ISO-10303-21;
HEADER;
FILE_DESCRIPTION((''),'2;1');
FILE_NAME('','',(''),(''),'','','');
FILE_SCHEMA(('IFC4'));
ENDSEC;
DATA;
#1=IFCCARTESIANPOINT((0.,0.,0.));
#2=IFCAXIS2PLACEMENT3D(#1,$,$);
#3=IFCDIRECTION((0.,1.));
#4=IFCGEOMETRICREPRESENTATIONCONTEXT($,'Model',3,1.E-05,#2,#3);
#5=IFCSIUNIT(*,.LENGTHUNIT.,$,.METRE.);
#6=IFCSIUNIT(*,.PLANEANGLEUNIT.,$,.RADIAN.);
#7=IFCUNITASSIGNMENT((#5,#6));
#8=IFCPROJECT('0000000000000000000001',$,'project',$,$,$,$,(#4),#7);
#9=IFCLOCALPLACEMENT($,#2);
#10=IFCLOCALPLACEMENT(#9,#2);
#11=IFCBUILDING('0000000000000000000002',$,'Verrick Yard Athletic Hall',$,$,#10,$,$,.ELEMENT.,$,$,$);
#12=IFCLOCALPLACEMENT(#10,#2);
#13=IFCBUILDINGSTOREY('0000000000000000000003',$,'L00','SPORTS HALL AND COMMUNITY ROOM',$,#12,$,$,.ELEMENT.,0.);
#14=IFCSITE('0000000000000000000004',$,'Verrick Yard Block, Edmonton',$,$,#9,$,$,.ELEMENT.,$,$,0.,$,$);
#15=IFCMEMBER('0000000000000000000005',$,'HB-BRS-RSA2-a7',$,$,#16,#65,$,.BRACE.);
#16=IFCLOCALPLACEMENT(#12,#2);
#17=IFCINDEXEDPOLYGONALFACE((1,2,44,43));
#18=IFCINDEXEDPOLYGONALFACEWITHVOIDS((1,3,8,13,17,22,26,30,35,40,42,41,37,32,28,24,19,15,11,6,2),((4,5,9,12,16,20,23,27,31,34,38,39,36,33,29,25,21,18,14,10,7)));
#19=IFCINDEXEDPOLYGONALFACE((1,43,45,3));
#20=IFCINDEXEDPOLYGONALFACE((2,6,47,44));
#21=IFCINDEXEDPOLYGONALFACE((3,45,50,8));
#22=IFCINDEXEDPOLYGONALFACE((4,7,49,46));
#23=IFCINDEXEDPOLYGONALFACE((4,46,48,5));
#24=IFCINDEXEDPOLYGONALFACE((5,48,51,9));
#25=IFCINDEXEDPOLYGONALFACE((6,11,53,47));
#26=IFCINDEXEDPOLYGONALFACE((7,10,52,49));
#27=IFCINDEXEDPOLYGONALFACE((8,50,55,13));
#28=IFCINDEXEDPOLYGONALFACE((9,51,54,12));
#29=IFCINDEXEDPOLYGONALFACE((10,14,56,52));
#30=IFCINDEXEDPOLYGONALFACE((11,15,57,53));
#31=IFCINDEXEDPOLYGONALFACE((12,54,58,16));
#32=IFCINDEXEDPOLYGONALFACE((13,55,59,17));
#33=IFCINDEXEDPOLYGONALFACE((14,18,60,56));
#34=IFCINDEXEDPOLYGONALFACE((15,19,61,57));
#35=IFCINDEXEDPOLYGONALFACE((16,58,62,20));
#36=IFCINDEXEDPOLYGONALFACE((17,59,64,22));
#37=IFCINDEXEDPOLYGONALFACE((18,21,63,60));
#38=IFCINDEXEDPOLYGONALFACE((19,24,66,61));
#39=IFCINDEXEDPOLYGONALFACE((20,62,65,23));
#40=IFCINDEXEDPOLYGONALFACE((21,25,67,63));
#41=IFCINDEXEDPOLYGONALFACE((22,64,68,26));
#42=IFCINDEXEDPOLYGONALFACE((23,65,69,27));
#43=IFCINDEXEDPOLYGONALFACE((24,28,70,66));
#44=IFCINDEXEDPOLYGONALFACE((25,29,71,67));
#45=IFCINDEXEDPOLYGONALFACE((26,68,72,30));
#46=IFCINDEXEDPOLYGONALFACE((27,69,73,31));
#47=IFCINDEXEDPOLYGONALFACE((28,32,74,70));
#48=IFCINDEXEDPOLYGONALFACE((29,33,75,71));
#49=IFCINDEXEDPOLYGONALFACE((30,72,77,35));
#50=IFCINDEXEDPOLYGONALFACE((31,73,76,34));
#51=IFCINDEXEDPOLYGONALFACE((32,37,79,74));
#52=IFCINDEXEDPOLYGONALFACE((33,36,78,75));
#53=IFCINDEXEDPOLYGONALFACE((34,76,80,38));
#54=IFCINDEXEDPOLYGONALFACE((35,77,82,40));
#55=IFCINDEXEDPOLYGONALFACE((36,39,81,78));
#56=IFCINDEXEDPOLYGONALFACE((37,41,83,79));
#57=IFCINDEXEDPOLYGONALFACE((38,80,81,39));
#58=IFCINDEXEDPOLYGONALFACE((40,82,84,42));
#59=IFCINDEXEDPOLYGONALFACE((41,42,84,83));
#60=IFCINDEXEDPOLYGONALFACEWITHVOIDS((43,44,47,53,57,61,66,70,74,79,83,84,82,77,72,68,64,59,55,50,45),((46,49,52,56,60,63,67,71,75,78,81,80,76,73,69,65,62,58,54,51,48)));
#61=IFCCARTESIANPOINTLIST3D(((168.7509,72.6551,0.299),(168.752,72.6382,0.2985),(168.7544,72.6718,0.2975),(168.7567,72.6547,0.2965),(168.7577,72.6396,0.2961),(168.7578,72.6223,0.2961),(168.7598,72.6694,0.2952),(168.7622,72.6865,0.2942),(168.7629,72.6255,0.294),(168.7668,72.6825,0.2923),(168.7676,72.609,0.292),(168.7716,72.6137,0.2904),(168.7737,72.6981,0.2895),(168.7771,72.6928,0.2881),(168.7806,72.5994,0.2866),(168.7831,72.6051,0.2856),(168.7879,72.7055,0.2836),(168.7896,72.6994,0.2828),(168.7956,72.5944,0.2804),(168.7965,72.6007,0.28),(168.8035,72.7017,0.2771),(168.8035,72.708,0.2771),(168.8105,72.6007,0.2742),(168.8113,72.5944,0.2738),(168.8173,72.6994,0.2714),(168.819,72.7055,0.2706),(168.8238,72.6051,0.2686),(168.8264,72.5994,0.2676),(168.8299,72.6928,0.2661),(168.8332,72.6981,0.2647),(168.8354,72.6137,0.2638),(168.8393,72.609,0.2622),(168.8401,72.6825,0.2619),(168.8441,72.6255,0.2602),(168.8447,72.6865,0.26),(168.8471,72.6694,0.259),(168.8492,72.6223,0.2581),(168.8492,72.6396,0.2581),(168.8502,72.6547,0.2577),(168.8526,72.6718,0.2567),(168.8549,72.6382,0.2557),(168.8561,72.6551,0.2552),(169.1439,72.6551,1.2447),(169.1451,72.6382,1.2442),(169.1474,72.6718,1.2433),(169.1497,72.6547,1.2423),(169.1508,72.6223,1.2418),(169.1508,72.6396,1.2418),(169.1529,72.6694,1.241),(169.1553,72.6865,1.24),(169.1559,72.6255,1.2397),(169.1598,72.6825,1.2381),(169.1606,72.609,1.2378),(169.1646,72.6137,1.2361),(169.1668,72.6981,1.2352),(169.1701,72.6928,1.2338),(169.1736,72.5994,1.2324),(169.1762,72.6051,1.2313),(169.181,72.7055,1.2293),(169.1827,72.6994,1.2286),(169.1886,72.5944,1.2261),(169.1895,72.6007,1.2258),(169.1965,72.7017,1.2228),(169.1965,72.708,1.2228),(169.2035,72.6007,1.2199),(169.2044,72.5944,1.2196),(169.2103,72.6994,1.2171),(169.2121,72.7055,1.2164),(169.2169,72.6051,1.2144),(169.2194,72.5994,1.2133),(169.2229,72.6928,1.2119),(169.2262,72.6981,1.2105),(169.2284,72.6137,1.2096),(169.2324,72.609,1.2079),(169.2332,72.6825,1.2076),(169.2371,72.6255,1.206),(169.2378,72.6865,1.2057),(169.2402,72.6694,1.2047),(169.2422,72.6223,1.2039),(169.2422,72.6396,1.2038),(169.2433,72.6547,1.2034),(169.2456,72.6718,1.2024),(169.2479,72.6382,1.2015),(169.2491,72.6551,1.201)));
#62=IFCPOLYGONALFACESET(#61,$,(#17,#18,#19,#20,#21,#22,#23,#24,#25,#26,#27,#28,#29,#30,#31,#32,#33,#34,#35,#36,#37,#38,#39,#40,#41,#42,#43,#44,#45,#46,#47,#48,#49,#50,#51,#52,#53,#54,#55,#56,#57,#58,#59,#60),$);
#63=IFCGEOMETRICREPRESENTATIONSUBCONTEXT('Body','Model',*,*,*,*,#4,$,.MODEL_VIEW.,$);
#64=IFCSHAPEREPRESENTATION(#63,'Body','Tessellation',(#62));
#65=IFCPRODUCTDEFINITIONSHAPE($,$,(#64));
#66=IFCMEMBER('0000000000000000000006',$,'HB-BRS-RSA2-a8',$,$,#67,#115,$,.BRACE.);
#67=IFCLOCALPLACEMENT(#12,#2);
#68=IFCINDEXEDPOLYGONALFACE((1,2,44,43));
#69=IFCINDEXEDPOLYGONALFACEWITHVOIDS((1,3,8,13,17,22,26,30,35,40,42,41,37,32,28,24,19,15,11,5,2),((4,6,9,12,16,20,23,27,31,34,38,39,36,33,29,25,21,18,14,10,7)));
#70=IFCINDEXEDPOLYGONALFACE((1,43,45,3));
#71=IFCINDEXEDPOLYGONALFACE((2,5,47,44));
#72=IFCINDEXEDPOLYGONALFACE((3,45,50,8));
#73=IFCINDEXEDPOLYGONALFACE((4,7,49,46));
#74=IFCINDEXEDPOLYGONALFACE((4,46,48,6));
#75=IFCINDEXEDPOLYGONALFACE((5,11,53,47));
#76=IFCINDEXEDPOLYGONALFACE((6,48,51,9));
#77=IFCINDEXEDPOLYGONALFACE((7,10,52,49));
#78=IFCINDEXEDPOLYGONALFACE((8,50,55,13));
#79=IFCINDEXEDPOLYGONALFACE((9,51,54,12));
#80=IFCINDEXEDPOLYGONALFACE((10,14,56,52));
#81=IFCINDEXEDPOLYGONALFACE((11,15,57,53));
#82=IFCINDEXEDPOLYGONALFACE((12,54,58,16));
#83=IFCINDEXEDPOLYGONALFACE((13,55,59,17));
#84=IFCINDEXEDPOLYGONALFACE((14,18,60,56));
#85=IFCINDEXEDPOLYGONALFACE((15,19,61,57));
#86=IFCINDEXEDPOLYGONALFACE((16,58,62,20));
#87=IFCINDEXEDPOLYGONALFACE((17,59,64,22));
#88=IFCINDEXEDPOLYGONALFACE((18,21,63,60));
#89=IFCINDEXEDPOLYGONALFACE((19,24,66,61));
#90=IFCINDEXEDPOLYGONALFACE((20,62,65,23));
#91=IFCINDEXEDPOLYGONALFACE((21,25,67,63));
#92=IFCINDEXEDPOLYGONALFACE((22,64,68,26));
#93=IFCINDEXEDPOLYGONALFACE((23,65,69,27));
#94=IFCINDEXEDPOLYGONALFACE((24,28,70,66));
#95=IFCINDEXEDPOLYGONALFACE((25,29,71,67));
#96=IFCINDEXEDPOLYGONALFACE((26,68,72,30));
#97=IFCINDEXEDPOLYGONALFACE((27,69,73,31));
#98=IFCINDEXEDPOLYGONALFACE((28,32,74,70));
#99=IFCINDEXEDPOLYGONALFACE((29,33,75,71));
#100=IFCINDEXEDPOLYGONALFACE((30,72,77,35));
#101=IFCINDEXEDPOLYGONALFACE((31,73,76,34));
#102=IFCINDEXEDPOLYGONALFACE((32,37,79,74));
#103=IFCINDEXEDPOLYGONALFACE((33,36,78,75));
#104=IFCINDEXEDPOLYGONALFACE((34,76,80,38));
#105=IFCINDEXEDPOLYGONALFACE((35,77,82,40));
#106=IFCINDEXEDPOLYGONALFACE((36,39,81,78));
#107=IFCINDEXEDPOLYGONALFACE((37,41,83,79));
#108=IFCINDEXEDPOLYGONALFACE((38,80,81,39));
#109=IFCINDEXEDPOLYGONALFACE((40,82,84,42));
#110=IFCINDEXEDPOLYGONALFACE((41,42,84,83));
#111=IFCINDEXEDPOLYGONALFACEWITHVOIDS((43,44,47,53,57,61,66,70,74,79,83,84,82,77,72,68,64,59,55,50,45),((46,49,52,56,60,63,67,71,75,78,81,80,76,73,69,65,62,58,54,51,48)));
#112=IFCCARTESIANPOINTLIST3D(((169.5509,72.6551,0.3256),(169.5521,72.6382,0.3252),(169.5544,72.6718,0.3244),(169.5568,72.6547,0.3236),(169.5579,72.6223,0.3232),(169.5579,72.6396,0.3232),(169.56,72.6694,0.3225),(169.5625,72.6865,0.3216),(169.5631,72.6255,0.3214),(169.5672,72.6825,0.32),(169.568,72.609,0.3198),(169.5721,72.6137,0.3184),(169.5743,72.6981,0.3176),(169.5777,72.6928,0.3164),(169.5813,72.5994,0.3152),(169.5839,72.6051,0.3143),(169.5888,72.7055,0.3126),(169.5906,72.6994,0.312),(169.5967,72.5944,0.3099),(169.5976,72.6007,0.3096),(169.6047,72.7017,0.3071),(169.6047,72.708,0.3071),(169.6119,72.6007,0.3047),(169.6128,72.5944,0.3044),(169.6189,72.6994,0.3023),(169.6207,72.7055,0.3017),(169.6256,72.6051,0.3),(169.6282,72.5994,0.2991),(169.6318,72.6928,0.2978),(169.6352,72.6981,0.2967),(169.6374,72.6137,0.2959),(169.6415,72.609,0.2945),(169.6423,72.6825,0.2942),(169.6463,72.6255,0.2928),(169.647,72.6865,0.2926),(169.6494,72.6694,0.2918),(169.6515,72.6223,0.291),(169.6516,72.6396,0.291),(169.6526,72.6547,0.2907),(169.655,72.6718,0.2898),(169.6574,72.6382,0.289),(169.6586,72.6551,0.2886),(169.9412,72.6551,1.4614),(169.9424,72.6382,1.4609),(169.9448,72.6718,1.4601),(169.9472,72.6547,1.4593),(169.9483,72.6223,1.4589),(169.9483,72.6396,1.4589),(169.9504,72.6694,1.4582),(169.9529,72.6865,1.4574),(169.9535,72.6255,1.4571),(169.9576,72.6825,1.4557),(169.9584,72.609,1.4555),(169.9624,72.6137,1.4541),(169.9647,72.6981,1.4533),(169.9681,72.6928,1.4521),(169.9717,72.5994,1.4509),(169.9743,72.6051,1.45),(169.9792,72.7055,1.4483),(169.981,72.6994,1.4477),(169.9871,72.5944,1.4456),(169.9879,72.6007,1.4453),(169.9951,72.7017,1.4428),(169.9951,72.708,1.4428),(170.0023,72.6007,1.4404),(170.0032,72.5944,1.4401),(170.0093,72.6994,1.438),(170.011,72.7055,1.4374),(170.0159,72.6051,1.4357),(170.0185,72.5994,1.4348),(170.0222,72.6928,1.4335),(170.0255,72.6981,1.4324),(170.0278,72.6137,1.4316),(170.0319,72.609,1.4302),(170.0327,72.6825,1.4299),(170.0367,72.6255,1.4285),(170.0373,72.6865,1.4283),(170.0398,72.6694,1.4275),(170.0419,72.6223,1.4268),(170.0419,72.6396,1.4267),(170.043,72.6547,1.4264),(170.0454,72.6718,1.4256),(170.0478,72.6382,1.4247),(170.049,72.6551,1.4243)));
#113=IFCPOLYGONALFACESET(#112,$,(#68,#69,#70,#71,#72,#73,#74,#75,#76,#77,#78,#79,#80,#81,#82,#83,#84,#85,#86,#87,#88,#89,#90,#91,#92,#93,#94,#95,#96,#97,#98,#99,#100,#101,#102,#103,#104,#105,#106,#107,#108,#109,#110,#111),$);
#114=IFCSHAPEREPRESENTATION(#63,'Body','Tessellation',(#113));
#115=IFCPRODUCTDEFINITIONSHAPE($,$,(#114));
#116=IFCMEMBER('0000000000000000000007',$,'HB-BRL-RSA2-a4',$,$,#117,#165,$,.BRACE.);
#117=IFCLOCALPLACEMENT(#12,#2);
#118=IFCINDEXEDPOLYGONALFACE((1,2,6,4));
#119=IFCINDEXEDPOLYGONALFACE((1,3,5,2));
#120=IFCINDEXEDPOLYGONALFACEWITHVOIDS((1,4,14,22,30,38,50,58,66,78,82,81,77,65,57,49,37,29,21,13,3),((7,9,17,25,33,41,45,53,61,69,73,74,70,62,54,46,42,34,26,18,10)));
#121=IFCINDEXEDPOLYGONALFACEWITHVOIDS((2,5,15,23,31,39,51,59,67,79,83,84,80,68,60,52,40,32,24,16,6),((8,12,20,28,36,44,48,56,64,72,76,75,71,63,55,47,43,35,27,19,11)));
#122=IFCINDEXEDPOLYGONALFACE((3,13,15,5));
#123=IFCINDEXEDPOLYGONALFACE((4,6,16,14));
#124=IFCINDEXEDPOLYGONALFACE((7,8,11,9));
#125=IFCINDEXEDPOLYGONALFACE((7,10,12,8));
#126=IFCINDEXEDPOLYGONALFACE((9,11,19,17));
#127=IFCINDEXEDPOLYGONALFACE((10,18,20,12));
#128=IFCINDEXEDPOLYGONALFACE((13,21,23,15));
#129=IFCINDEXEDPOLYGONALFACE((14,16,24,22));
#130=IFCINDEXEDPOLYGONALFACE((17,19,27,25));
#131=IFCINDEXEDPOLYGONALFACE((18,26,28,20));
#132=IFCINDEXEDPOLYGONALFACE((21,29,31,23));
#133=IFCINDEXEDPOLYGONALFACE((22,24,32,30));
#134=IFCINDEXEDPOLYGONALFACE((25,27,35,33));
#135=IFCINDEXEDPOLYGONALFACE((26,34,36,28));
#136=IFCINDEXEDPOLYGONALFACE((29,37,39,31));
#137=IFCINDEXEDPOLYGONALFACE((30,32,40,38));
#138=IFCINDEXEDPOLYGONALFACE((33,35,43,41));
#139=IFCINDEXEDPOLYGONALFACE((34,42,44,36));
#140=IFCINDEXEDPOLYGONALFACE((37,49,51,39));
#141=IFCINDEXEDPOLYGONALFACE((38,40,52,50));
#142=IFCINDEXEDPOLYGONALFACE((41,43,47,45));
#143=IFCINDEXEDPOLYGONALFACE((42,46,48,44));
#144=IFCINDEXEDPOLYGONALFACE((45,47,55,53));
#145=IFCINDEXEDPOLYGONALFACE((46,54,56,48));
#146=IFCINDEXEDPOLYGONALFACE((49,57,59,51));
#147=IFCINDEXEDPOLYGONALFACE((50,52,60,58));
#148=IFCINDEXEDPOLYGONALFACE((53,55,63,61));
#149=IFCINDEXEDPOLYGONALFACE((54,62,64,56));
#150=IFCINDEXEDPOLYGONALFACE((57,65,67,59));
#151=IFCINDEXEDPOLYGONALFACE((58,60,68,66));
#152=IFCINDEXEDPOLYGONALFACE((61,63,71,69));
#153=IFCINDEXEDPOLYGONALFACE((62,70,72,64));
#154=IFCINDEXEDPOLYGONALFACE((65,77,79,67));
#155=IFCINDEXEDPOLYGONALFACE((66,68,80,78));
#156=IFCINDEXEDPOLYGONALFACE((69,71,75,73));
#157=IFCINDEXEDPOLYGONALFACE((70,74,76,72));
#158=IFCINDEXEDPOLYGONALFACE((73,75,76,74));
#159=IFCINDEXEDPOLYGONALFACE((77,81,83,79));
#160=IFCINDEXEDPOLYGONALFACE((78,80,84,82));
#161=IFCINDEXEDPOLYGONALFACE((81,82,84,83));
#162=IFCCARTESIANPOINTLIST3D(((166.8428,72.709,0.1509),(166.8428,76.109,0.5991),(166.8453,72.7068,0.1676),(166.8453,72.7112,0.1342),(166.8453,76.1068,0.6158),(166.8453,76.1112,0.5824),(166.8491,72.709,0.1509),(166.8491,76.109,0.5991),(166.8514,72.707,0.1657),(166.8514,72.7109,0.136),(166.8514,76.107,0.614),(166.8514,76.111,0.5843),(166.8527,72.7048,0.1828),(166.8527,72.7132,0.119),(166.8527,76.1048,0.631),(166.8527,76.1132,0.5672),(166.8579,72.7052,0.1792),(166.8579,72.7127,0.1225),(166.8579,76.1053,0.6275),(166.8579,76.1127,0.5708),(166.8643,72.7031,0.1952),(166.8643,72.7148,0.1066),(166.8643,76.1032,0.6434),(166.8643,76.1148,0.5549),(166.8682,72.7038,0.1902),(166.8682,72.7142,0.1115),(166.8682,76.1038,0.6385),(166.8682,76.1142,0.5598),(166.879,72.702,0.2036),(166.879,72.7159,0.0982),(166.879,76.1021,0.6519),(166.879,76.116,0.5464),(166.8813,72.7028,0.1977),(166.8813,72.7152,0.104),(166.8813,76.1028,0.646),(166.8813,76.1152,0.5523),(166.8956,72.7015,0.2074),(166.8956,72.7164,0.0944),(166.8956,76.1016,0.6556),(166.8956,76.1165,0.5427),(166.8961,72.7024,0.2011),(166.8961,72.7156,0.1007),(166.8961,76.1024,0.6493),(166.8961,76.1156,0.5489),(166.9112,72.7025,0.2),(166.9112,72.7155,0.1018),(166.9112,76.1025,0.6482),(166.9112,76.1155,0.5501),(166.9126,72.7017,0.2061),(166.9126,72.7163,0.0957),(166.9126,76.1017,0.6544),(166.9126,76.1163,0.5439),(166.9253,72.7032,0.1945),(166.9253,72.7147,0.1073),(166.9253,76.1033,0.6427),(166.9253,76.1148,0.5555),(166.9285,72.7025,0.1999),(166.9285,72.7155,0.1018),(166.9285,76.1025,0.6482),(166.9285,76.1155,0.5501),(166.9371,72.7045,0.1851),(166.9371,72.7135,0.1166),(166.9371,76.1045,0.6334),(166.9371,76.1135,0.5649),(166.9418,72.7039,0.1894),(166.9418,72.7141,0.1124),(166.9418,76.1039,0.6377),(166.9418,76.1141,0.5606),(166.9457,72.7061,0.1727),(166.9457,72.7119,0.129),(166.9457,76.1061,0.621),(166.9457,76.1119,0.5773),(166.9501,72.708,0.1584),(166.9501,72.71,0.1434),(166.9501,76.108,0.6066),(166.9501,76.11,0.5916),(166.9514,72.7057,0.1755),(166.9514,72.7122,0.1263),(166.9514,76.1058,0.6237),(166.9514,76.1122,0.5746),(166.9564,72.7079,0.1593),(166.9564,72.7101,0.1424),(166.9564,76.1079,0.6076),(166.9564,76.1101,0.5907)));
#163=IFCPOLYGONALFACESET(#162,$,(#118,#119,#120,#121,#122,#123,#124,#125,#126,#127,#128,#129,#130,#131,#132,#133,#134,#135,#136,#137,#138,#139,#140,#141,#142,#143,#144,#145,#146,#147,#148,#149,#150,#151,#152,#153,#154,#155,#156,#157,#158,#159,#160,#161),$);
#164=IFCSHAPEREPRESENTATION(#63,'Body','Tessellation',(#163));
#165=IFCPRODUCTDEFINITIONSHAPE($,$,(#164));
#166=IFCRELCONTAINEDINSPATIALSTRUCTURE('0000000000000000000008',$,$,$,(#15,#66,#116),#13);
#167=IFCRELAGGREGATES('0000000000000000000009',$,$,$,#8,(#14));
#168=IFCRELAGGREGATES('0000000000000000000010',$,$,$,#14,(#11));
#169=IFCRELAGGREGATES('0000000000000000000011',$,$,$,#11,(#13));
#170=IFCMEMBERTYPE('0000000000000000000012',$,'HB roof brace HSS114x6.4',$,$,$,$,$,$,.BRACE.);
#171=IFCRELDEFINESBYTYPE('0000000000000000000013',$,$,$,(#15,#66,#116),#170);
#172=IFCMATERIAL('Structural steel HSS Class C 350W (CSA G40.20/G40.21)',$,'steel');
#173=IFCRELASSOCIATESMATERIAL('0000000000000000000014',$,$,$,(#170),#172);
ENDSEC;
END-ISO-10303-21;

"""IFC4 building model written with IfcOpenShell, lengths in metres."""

from ifc_helpers import new_model, si_unit, direction, frame, origin, origin_2d, place, context, subcontext, project, spatial, hollow_circle, extrude, material, material_profile, profile_set, type_object, element, save


model = new_model("IFC4")

# Units and contexts
model_context = context("Model", 3, precision=1e-05, world=origin(), true_north=direction((0.0, 1.0)))
body_context = subcontext(model_context, "Body", "Model", "MODEL_VIEW")
ifc_project = project(units=[si_unit("LENGTHUNIT", "METRE"), si_unit("PLANEANGLEUNIT", "RADIAN")], contexts=[model_context])

# Site, building, storey
site_placement = place(None, origin())
site = spatial("IfcSite", under=ifc_project, at=site_placement, Name="Verrick Yard Block, Edmonton", CompositionType="ELEMENT", RefElevation=0.0)
building_placement = place(site_placement, origin())
building = spatial("IfcBuilding", under=site, at=building_placement, Name="Verrick Yard Athletic Hall", CompositionType="ELEMENT")
storey_placement = place(building_placement, origin())
storey = spatial("IfcBuildingStorey", under=building, at=storey_placement, Name="L00", Description="SPORTS HALL AND COMMUNITY ROOM", CompositionType="ELEMENT", Elevation=0.0)

# Members
ifc_material_1 = material(Name="Structural steel HSS Class C 350W (CSA G40.20/G40.21)", Category="steel")
ifc_material_profile_1 = material_profile(ifc_material_1, hollow_circle(Radius=0.0571, WallThickness=0.0063, at=origin_2d()), Name="HSS114x6.4")
ifc_profile_set_1 = profile_set([ifc_material_profile_1], Name="Structural steel HSS Class C 350W (CSA G40.20/G40.21)")
member_type_1 = type_object("IfcMemberType", Name="HB roof brace HSS114x6.4", PredefinedType="BRACE", material=ifc_profile_set_1)
member_1_placement = place(storey_placement, frame((168.8035, 72.6509, 0.2771), z_axis=(0.383769, 0.0, 0.923429), x_axis=(0.0, 1.0, 0.0)))
element("IfcMember", 1, at=member_1_placement, inside=storey, type_object=member_type_1, Name="HB-BRS-RSA2-a7", PredefinedType="BRACE", context=body_context, shape_type="SweptSolid", body=[
    extrude(hollow_circle(Radius=0.0571, WallThickness=0.0063, at=origin_2d()), origin(), (0.0, 0.0, 1.0), 1.0242),
])
member_2_placement = place(storey_placement, frame((169.6047, 72.6509, 0.3071), z_axis=(0.325057, 0.0, 0.945694), x_axis=(0.0, 1.0, 0.0)))
element("IfcMember", 2, at=member_2_placement, inside=storey, type_object=member_type_1, Name="HB-BRS-RSA2-a8", PredefinedType="BRACE", context=body_context, shape_type="SweptSolid", body=[
    extrude(hollow_circle(Radius=0.0571, WallThickness=0.0063, at=origin_2d()), origin(), (0.0, 0.0, 1.0), 1.2009),
])
member_3_placement = place(storey_placement, frame((166.8999, 72.709, 0.1509), z_axis=(0.0, 0.991421, 0.130709), x_axis=(-1.0, 0.0, 0.0)))
element("IfcMember", 3, at=member_3_placement, inside=storey, type_object=member_type_1, Name="HB-BRL-RSA2-a4", PredefinedType="BRACE", context=body_context, shape_type="SweptSolid", body=[
    extrude(hollow_circle(Radius=0.0571, WallThickness=0.0063, at=origin_2d()), origin(), (0.0, 0.0, 1.0), 3.4294),
])

save(model, "model.ifc")
